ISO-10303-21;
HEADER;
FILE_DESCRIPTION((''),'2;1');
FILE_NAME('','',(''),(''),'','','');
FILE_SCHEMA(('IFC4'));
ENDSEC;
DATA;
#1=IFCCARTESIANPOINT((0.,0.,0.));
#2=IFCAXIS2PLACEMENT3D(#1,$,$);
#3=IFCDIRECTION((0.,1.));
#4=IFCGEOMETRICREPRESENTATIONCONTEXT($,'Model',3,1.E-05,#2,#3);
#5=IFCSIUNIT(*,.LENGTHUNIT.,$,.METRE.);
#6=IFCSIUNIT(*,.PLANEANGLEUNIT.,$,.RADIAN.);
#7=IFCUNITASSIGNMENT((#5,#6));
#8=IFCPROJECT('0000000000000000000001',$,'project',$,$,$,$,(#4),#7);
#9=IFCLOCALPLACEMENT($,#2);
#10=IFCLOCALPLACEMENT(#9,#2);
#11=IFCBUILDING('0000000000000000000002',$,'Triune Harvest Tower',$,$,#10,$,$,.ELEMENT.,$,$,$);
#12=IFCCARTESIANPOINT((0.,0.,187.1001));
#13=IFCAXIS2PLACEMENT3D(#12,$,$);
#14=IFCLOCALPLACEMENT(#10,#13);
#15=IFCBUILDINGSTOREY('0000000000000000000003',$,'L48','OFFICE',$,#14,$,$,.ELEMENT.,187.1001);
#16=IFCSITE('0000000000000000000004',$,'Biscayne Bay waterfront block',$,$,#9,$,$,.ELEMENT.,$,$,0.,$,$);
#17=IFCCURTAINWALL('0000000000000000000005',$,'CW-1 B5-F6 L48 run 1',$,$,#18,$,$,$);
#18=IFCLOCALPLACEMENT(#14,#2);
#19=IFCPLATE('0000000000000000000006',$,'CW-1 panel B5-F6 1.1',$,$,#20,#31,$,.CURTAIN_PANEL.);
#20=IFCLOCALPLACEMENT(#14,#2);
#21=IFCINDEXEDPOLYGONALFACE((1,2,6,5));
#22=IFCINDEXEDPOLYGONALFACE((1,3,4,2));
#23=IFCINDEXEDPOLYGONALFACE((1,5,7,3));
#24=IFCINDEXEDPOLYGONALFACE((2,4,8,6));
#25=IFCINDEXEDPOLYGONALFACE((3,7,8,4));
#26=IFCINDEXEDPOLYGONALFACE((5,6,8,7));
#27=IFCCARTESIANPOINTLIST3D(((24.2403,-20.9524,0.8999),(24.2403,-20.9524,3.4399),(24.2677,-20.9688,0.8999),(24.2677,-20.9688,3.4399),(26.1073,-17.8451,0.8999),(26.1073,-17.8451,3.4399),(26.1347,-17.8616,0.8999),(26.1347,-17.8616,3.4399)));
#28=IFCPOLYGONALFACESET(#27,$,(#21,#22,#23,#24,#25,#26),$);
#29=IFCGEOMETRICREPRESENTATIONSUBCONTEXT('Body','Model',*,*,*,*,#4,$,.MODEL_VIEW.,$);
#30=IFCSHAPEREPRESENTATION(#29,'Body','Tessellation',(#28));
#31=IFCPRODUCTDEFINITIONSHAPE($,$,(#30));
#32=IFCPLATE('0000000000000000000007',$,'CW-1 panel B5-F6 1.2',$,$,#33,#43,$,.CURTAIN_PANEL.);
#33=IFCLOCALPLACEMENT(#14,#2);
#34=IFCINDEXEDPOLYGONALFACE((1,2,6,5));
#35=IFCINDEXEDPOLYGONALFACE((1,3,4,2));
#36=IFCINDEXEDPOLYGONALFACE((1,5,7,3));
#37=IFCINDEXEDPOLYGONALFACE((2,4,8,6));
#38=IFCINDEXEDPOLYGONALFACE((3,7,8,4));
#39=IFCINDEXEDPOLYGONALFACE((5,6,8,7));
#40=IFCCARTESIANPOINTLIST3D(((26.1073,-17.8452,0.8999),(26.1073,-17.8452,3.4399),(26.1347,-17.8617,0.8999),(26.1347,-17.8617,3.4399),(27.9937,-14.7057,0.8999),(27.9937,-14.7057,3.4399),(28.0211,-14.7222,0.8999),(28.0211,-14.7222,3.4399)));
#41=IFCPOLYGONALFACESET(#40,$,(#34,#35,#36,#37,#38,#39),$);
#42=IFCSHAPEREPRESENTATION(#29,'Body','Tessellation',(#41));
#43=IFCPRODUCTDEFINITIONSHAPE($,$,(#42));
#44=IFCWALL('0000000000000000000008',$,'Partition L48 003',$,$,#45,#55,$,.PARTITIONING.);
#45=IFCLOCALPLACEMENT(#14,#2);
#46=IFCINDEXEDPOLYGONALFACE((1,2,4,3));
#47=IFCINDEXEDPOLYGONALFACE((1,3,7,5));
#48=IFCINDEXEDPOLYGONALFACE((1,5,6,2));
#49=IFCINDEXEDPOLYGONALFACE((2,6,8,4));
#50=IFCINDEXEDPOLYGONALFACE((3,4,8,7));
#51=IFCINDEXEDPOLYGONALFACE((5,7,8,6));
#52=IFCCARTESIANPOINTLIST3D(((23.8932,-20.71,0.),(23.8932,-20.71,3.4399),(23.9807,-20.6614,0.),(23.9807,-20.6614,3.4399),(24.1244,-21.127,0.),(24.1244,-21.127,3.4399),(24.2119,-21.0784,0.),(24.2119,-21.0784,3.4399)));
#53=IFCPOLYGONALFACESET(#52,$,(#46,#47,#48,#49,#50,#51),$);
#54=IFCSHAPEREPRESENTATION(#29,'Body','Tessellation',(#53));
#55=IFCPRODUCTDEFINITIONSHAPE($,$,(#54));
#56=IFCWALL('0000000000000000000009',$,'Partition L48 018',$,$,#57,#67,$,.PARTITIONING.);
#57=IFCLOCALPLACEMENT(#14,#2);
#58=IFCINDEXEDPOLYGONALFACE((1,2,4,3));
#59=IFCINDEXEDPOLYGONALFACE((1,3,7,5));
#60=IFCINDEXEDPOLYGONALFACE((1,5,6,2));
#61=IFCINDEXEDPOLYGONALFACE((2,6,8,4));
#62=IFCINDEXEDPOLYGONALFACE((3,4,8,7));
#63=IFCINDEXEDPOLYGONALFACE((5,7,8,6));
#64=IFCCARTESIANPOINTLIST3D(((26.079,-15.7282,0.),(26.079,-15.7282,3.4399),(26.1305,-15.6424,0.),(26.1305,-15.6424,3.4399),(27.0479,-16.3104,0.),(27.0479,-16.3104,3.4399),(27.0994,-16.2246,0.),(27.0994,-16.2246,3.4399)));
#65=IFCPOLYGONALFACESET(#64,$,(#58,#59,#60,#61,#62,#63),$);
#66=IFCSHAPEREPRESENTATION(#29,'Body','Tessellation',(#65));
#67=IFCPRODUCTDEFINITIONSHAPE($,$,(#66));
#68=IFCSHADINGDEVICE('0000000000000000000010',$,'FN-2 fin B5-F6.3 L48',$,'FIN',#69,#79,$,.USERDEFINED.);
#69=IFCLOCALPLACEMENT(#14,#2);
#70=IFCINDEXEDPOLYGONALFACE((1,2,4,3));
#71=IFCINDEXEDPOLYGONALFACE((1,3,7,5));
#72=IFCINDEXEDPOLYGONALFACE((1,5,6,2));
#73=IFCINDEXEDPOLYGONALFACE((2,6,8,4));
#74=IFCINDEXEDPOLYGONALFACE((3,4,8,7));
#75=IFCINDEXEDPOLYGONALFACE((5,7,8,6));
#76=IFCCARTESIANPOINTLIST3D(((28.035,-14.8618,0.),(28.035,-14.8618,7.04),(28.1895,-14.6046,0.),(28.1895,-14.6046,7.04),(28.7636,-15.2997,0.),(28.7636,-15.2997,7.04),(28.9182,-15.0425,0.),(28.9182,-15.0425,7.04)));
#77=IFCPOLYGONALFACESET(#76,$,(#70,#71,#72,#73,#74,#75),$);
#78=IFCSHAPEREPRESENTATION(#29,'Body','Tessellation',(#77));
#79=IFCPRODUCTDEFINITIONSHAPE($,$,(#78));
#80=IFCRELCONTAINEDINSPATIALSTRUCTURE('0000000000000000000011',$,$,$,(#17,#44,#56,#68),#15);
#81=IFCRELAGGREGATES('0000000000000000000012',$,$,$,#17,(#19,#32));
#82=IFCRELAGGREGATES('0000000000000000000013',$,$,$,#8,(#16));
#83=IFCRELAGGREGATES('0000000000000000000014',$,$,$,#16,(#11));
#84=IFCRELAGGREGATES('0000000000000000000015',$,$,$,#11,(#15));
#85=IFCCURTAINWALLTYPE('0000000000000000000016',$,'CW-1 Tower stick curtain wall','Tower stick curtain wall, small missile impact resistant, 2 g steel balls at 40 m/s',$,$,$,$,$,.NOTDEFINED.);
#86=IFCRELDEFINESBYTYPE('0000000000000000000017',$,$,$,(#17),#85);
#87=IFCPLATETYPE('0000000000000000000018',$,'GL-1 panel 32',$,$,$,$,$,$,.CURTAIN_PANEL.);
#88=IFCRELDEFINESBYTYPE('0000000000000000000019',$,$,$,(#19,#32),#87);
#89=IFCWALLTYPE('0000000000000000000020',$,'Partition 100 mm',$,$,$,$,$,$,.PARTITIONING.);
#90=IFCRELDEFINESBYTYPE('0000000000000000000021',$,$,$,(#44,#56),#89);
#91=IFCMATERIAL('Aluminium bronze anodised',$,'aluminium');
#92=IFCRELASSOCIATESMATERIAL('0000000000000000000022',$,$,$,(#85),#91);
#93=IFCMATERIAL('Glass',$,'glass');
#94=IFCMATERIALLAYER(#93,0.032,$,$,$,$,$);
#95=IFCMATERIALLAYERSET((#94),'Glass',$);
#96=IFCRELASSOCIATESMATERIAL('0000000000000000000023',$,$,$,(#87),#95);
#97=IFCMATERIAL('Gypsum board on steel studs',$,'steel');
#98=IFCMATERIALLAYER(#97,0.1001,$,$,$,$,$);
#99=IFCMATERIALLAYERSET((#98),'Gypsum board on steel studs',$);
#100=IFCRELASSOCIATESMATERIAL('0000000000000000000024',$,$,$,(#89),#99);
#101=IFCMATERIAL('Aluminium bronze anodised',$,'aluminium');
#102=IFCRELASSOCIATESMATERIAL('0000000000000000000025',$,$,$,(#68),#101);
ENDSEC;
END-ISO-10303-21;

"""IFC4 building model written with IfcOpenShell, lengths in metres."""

from ifc_helpers import new_model, si_unit, direction, frame, frame_2d, origin, origin_2d, place, context, subcontext, project, spatial, rectangle, extrude, source, transform, mapped, material, layer, layer_set, type_object, element, aggregate, save


model = new_model("IFC4")

# Units and contexts
model_context = context("Model", 3, precision=1e-05, world=origin(), true_north=direction((0.0, 1.0)))
body_context = subcontext(model_context, "Body", "Model", "MODEL_VIEW")
ifc_project = project(units=[si_unit("LENGTHUNIT", "METRE"), si_unit("PLANEANGLEUNIT", "RADIAN")], contexts=[model_context])

# Site, building, storey
site_placement = place(None, origin())
site = spatial("IfcSite", under=ifc_project, at=site_placement, Name="Biscayne Bay waterfront block", CompositionType="ELEMENT", RefElevation=0.0)
building_placement = place(site_placement, origin())
building = spatial("IfcBuilding", under=site, at=building_placement, Name="Triune Harvest Tower", CompositionType="ELEMENT")
storey_placement = place(building_placement, frame((0.0, 0.0, 187.1001)))
storey = spatial("IfcBuildingStorey", under=building, at=storey_placement, Name="L48", Description="OFFICE", CompositionType="ELEMENT", Elevation=187.1001)

# Curtain wall
ifc_material_1 = material(Name="Aluminium bronze anodised", Category="aluminium")
curtain_wall_type_1 = type_object("IfcCurtainWallType", Name="CW-1 Tower stick curtain wall", Description="Tower stick curtain wall, small missile impact resistant, 2 g steel balls at 40 m/s", PredefinedType="NOTDEFINED", material=ifc_material_1)
curtain_wall_1_placement = place(storey_placement, origin())
curtain_wall_1 = element("IfcCurtainWall", 1, at=curtain_wall_1_placement, inside=storey, type_object=curtain_wall_type_1, Name="CW-1 B5-F6 L48 run 1")

# Plates
ifc_material_2 = material(Name="Glass", Category="glass")
ifc_layer_1 = layer(ifc_material_2, 0.032)
ifc_layer_set_1 = layer_set([ifc_layer_1], Name="Glass")
plate_type_1 = type_object("IfcPlateType", Name="GL-1 panel 32", PredefinedType="CURTAIN_PANEL", material=ifc_layer_set_1)
shared_shape_1 = source(origin(), body_context, "Body", "SweptSolid", [
    extrude(rectangle(XDim=3.625, YDim=0.032, at=origin_2d()), origin(), (0.0, 0.0, 1.0), 2.54),
])
plate_1_placement = place(storey_placement, frame((25.1875, -19.407, 0.8999), z_axis=(0.0, 0.0, 1.0), x_axis=(0.515037, 0.857168, 0.0)))
plate_1 = element("IfcPlate", 2, at=plate_1_placement, type_object=plate_type_1, Name="CW-1 panel B5-F6 1.1", PredefinedType="CURTAIN_PANEL", context=body_context, shape_type="MappedRepresentation", body=[
    mapped(shared_shape_1, transform((0.0, 0.0, 0.0), scale=1.0)),
])
shared_shape_2 = source(origin(), body_context, "Body", "SweptSolid", [
    extrude(rectangle(XDim=3.6626, YDim=0.032, at=origin_2d()), origin(), (0.0, 0.0, 1.0), 2.54),
])
plate_2_placement = place(storey_placement, frame((27.0642, -16.2837, 0.8999), z_axis=(0.0, 0.0, 1.0), x_axis=(0.515037, 0.857168, 0.0)))
plate_2 = element("IfcPlate", 3, at=plate_2_placement, type_object=plate_type_1, Name="CW-1 panel B5-F6 1.2", PredefinedType="CURTAIN_PANEL", context=body_context, shape_type="MappedRepresentation", body=[
    mapped(shared_shape_2, transform((0.0, 0.0, 0.0), scale=1.0)),
])
aggregate(curtain_wall_1, [plate_1, plate_2])

# Walls
ifc_material_3 = material(Name="Gypsum board on steel studs", Category="steel")
ifc_layer_2 = layer(ifc_material_3, 0.1001)
ifc_layer_set_2 = layer_set([ifc_layer_2], Name="Gypsum board on steel studs")
wall_type = type_object("IfcWallType", Name="Partition 100 mm", PredefinedType="PARTITIONING", material=ifc_layer_set_2)
wall_1_placement = place(storey_placement, frame((23.937, -20.6858, 0.0), z_axis=(0.0, 0.0, 1.0), x_axis=(0.484904, -0.874568, 0.0)))
element("IfcWall", 4, at=wall_1_placement, inside=storey, type_object=wall_type, Name="Partition L48 003", PredefinedType="PARTITIONING", context=body_context, shape_type="SweptSolid", body=[
    extrude(rectangle(XDim=0.4768, YDim=0.1001, at=frame_2d((0.2383, 0.0))), origin(), (0.0, 0.0, 1.0), 3.4399),
])
shared_shape_3 = source(origin(), body_context, "Body", "SweptSolid", [
    extrude(rectangle(XDim=1.1304, YDim=0.1001, at=frame_2d((0.5652, 0.0))), origin(), (0.0, 0.0, 1.0), 3.4399),
])
wall_2_placement = place(storey_placement, frame((26.1047, -15.6853, 0.0), z_axis=(0.0, 0.0, 1.0), x_axis=(0.85715, -0.515067, 0.0)))
element("IfcWall", 5, at=wall_2_placement, inside=storey, type_object=wall_type, Name="Partition L48 018", PredefinedType="PARTITIONING", context=body_context, shape_type="MappedRepresentation", body=[
    mapped(shared_shape_3, transform((0.0, 0.0, 0.0), scale=1.0)),
])

# Shading device
ifc_material_4 = material(Name="Aluminium bronze anodised", Category="aluminium")
shared_shape_4 = source(origin(), body_context, "Body", "SweptSolid", [
    extrude(rectangle(XDim=0.3, YDim=0.8501, at=origin_2d()), origin(), (0.0, 0.0, 1.0), 7.04),
])
shading_device_placement = place(storey_placement, frame((28.4766, -14.9521, 0.0), z_axis=(0.0, 0.0, 1.0), x_axis=(0.515037, 0.857168, 0.0)))
element("IfcShadingDevice", 6, at=shading_device_placement, inside=storey, material=ifc_material_4, Name="FN-2 fin B5-F6.3 L48", ObjectType="FIN", PredefinedType="USERDEFINED", context=body_context, shape_type="MappedRepresentation", body=[
    mapped(shared_shape_4, transform((0.0, 0.0, 0.0), scale=1.0)),
])

save(model, "model.ifc")
